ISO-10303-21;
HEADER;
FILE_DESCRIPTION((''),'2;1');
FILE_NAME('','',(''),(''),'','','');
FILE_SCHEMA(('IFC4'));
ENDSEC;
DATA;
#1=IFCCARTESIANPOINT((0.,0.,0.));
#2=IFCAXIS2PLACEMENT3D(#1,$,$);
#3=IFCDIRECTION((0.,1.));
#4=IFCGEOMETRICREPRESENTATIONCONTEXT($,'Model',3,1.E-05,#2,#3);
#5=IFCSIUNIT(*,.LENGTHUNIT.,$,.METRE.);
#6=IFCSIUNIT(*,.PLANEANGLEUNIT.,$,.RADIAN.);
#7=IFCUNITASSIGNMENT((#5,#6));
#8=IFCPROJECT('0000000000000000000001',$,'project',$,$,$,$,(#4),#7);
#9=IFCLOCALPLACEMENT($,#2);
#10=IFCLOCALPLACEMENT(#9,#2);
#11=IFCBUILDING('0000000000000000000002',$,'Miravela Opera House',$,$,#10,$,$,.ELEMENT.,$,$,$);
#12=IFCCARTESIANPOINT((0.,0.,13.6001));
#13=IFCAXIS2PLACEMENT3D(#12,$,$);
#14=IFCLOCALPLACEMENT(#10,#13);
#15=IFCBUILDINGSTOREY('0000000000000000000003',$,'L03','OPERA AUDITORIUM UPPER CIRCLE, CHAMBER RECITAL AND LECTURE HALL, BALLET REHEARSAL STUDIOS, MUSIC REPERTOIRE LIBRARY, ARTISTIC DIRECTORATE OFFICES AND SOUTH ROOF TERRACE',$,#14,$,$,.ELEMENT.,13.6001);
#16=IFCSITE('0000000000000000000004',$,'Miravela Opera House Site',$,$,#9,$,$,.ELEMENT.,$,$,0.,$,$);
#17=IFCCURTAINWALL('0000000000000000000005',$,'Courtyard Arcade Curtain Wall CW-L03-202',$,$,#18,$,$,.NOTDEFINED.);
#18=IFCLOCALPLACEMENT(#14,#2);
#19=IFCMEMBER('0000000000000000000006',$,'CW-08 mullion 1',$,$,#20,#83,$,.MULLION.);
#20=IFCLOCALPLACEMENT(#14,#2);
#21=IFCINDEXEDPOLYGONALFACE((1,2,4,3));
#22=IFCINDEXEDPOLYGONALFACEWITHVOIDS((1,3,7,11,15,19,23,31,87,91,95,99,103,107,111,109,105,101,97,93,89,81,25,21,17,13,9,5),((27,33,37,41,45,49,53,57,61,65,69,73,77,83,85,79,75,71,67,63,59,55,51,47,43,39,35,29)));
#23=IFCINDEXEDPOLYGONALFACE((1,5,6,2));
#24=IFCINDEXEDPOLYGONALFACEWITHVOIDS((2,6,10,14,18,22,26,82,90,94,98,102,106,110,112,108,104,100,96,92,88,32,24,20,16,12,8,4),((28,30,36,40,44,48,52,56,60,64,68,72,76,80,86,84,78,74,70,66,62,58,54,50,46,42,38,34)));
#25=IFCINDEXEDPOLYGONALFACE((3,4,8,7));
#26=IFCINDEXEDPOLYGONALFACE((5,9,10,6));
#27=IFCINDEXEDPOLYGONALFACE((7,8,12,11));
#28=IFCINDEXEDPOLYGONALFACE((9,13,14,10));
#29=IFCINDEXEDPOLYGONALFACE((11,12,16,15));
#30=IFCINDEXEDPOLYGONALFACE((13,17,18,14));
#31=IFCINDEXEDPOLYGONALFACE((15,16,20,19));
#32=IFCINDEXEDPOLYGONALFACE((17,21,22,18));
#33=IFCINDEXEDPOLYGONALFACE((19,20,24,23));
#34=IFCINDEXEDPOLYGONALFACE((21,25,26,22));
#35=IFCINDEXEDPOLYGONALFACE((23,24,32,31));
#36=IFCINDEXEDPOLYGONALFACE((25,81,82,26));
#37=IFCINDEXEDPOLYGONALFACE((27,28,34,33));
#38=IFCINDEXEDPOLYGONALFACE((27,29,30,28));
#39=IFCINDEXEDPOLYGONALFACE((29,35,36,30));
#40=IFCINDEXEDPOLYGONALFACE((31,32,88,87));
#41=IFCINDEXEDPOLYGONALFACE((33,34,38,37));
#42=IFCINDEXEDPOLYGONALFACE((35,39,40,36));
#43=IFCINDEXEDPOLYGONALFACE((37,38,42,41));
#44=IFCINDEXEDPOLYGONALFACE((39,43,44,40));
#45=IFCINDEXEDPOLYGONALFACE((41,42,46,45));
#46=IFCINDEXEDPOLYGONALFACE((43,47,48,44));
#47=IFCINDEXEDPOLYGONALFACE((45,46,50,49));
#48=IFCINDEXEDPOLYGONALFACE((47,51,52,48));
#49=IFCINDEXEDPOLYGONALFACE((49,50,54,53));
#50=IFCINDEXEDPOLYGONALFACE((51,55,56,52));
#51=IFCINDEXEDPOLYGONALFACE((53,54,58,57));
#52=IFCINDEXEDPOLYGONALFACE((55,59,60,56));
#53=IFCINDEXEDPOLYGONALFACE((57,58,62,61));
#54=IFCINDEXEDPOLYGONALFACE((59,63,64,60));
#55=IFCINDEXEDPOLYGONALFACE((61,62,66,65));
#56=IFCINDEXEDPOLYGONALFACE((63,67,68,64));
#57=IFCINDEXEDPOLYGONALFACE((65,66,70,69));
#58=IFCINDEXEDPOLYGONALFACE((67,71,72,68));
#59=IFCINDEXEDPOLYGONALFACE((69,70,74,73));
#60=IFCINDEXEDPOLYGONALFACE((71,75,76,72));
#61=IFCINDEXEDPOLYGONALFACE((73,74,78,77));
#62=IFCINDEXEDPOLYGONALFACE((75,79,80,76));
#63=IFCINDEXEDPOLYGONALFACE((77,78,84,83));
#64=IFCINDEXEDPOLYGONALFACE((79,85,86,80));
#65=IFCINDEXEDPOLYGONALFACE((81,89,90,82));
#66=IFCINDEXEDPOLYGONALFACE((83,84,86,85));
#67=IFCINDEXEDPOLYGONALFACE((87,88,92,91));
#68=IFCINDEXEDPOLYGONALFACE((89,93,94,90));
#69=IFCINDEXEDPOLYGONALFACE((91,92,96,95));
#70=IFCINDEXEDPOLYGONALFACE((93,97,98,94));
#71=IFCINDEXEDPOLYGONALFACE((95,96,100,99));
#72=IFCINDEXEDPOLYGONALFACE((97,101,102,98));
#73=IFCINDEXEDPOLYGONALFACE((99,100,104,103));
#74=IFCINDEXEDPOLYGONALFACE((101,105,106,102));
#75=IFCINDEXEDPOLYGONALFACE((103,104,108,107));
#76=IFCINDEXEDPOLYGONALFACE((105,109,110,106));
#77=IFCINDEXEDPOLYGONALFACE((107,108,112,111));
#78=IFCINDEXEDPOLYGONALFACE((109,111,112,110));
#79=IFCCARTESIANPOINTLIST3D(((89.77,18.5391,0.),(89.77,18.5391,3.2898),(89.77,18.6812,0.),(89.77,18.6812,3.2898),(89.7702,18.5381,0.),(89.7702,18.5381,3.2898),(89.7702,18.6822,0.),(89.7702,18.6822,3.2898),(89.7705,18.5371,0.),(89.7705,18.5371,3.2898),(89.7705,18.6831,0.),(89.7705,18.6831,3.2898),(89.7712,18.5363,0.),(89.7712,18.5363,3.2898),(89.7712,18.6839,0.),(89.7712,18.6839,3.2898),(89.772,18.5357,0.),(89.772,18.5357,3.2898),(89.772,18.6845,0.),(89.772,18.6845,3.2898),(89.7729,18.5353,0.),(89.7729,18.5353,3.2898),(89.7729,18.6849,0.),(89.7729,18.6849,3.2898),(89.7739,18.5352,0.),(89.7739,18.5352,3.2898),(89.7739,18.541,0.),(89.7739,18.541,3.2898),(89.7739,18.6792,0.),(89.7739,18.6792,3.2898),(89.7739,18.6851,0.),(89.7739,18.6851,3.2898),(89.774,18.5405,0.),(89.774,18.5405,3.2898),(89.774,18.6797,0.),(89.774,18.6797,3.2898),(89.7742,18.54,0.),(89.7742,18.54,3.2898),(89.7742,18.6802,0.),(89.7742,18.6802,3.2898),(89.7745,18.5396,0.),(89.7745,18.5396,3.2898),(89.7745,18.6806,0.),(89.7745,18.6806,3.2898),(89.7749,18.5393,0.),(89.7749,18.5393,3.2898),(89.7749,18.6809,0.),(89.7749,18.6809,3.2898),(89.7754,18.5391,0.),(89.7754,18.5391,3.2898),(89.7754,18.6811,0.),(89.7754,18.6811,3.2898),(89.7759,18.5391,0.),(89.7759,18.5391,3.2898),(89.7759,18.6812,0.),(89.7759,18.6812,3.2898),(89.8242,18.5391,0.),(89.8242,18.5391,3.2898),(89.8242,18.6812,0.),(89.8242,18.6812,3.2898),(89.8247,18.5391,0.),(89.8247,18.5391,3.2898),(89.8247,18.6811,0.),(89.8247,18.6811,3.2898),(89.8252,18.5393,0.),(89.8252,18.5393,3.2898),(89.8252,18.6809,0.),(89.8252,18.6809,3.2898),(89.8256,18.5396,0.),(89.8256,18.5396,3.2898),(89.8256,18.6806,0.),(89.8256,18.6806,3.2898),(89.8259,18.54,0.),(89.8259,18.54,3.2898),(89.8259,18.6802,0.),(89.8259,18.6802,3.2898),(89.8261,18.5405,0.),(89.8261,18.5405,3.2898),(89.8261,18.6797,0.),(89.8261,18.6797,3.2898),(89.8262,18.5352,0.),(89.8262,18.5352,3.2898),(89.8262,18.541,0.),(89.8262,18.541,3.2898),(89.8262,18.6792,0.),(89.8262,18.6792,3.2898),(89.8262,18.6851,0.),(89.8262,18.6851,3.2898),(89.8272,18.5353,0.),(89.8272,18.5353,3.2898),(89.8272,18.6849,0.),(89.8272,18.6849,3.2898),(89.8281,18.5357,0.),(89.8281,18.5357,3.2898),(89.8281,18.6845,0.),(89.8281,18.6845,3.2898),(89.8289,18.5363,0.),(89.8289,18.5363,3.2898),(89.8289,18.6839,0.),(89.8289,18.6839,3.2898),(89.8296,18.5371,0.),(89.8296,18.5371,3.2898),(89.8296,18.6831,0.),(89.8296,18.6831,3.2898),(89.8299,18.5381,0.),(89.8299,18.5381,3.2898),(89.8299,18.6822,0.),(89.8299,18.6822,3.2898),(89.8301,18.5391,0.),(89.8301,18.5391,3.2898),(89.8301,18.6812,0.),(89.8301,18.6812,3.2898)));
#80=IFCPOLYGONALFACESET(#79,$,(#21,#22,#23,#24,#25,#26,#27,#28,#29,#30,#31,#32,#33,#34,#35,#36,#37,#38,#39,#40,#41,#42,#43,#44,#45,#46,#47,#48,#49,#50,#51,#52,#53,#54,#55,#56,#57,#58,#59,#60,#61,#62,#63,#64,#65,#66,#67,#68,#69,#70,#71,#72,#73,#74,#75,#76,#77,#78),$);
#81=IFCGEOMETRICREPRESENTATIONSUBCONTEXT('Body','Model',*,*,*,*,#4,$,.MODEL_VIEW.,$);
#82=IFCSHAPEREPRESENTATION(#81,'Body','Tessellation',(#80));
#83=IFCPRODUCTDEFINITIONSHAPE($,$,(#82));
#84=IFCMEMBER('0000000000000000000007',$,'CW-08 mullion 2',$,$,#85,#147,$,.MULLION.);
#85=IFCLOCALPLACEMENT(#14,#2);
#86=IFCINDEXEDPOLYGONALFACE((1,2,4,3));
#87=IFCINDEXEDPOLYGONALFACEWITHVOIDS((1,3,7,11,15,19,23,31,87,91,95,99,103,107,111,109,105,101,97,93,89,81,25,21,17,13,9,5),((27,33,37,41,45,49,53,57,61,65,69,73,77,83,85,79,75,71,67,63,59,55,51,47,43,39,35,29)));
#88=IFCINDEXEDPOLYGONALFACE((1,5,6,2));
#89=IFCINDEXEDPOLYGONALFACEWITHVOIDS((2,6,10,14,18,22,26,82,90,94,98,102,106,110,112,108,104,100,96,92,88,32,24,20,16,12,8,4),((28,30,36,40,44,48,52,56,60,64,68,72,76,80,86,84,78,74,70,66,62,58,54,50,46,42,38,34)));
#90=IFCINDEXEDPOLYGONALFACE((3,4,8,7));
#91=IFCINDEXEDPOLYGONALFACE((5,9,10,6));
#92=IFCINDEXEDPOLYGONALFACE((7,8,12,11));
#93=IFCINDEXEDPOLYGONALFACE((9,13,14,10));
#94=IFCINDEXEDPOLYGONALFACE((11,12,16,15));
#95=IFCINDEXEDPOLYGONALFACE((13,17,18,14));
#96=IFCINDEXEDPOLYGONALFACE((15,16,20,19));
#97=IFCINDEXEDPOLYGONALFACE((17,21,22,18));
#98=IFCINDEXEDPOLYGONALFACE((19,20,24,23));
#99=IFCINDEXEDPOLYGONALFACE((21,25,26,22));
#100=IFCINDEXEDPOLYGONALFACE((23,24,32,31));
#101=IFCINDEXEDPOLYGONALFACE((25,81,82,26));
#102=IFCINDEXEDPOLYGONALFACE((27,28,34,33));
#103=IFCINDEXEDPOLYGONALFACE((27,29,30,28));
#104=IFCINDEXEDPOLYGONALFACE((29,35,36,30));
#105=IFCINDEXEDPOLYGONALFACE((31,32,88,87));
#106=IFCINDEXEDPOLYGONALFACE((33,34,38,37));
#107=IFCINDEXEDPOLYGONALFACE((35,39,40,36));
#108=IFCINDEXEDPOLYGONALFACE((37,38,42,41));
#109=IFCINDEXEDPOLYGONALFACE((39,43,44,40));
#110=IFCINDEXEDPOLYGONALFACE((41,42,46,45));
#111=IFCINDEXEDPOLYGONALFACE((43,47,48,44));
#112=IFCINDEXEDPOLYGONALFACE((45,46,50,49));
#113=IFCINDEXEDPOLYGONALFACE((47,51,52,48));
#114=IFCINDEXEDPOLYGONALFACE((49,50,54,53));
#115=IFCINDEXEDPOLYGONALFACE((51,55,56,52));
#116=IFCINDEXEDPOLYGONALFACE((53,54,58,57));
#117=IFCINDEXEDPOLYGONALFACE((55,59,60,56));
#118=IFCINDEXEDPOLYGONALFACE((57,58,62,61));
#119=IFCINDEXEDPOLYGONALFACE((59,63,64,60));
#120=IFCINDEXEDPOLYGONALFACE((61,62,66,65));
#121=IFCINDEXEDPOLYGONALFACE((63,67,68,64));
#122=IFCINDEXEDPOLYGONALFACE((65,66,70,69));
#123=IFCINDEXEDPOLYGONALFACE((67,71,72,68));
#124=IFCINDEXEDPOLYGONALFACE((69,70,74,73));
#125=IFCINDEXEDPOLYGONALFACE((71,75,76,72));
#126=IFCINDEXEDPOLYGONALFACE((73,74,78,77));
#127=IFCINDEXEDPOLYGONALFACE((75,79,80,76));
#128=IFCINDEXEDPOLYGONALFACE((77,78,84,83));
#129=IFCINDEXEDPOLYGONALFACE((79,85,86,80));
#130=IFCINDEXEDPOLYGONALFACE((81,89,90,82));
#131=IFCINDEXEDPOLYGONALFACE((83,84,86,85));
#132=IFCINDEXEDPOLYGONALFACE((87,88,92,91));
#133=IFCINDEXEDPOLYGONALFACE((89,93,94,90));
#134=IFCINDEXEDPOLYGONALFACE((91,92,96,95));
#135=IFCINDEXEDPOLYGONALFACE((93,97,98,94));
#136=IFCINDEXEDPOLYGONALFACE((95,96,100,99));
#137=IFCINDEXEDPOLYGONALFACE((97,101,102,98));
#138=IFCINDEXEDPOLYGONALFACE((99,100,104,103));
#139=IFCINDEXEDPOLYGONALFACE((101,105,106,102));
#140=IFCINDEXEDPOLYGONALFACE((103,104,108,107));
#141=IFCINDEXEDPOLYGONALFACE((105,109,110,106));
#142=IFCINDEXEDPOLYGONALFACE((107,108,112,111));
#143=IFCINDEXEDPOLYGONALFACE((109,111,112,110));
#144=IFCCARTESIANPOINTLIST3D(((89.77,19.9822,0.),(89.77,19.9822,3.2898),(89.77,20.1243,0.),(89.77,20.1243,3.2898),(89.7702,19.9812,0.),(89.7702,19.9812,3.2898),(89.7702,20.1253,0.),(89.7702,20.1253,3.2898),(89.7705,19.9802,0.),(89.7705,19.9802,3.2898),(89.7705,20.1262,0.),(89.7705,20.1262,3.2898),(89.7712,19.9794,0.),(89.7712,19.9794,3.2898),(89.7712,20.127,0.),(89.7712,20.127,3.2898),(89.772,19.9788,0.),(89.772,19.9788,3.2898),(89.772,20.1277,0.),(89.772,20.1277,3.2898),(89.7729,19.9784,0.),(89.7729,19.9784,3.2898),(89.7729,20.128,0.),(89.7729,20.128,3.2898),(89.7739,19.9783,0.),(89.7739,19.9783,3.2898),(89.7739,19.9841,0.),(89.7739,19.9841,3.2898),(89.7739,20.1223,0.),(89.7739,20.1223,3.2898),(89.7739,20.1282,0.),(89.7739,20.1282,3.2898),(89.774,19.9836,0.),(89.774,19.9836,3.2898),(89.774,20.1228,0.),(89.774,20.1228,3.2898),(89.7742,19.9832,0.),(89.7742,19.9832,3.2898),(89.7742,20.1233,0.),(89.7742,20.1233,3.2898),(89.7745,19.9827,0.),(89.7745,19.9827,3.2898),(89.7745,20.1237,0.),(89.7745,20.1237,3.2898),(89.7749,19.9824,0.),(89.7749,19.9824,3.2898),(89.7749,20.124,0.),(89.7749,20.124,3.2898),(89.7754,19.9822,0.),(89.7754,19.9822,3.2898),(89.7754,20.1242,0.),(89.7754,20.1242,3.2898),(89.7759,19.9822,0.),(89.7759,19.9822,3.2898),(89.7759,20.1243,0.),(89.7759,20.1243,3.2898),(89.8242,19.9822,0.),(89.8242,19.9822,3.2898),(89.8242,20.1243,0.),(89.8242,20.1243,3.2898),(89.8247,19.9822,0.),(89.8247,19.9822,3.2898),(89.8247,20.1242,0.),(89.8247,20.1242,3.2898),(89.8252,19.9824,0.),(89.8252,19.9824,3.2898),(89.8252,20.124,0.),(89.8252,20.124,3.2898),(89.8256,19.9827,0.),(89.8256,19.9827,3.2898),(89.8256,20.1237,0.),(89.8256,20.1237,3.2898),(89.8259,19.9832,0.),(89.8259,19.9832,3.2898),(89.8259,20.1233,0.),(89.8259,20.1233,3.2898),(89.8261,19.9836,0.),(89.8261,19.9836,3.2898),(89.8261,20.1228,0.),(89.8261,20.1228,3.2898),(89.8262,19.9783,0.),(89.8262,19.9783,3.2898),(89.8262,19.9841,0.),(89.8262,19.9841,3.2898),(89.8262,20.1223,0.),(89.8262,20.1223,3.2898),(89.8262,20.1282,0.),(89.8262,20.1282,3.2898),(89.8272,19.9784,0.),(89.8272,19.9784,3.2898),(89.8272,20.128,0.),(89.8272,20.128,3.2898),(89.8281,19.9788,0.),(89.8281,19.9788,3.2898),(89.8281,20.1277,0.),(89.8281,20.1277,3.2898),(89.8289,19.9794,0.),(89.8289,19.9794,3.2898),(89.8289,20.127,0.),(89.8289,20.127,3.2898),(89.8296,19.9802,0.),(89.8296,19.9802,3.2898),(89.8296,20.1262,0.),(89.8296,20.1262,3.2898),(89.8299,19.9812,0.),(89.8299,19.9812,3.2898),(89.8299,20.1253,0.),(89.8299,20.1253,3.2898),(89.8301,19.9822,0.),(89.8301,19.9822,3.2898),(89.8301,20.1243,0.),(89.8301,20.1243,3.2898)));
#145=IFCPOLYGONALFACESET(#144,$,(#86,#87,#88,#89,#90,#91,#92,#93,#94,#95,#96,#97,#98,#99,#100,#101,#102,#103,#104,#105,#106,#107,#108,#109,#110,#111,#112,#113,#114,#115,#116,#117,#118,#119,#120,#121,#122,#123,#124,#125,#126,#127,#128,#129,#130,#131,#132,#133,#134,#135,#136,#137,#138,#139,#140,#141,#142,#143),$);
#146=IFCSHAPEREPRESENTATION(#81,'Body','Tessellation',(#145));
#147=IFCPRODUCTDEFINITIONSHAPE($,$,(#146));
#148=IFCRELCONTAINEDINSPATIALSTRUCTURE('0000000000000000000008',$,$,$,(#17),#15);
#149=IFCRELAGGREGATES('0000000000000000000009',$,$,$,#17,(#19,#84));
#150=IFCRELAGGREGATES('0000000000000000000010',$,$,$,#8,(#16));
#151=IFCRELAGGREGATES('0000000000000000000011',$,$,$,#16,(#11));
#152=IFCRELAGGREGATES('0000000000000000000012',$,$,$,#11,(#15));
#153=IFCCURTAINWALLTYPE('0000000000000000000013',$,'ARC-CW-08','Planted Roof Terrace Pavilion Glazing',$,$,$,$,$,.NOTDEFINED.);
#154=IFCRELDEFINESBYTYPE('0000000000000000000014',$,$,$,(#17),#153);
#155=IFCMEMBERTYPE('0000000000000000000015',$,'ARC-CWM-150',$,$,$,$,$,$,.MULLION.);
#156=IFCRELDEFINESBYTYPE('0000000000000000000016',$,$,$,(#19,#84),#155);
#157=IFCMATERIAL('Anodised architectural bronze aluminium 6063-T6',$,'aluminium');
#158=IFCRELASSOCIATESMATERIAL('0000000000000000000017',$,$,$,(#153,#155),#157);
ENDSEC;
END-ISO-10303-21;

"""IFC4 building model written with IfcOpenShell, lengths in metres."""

from ifc_helpers import new_model, si_unit, direction, frame, origin, origin_2d, place, context, subcontext, project, spatial, hollow_rectangle, extrude, material, material_profile, profile_set, type_object, element, aggregate, save


model = new_model("IFC4")

# Units and contexts
model_context = context("Model", 3, precision=1e-05, world=origin(), true_north=direction((0.0, 1.0)))
body_context = subcontext(model_context, "Body", "Model", "MODEL_VIEW")
ifc_project = project(units=[si_unit("LENGTHUNIT", "METRE"), si_unit("PLANEANGLEUNIT", "RADIAN")], contexts=[model_context])

# Site, building, storey
site_placement = place(None, origin())
site = spatial("IfcSite", under=ifc_project, at=site_placement, Name="Miravela Opera House Site", CompositionType="ELEMENT", RefElevation=0.0)
building_placement = place(site_placement, origin())
building = spatial("IfcBuilding", under=site, at=building_placement, Name="Miravela Opera House", CompositionType="ELEMENT")
storey_placement = place(building_placement, frame((0.0, 0.0, 13.6001)))
storey = spatial("IfcBuildingStorey", under=building, at=storey_placement, Name="L03", Description="OPERA AUDITORIUM UPPER CIRCLE, CHAMBER RECITAL AND LECTURE HALL, BALLET REHEARSAL STUDIOS, MUSIC REPERTOIRE LIBRARY, ARTISTIC DIRECTORATE OFFICES AND SOUTH ROOF TERRACE", CompositionType="ELEMENT", Elevation=13.6001)

# Curtain wall, members
ifc_material_1 = material(Name="Anodised architectural bronze aluminium 6063-T6", Category="aluminium")
curtain_wall_type = type_object("IfcCurtainWallType", Name="ARC-CW-08", Description="Planted Roof Terrace Pavilion Glazing", PredefinedType="NOTDEFINED", material=ifc_material_1)
ifc_material_profile_1 = material_profile(ifc_material_1, hollow_rectangle(XDim=0.0601, YDim=0.1499, WallThickness=0.0039, InnerFilletRadius=0.002, OuterFilletRadius=0.0039, at=origin_2d()), Name="CWM-60X150")
ifc_profile_set_1 = profile_set([ifc_material_profile_1])
member_type_1 = type_object("IfcMemberType", Name="ARC-CWM-150", PredefinedType="MULLION", material=ifc_profile_set_1)
curtain_wall_1_placement = place(storey_placement, origin())
curtain_wall_1 = element("IfcCurtainWall", 1, at=curtain_wall_1_placement, inside=storey, type_object=curtain_wall_type, Name="Courtyard Arcade Curtain Wall CW-L03-202", PredefinedType="NOTDEFINED")
member_1_placement = place(storey_placement, frame((89.8, 18.6101, 0.0), z_axis=(0.0, 0.0, 1.0), x_axis=(-1.0, 0.0, 0.0)))
member_1 = element("IfcMember", 2, at=member_1_placement, type_object=member_type_1, Name="CW-08 mullion 1", PredefinedType="MULLION", context=body_context, shape_type="SweptSolid", body=[
    extrude(hollow_rectangle(XDim=0.0601, YDim=0.1499, WallThickness=0.0039, InnerFilletRadius=0.002, OuterFilletRadius=0.0039, at=origin_2d()), origin(), (0.0, 0.0, 1.0), 3.2898),
])
member_2_placement = place(storey_placement, frame((89.8, 20.0532, 0.0), z_axis=(0.0, 0.0, 1.0), x_axis=(-1.0, 0.0, 0.0)))
member_2 = element("IfcMember", 3, at=member_2_placement, type_object=member_type_1, Name="CW-08 mullion 2", PredefinedType="MULLION", context=body_context, shape_type="SweptSolid", body=[
    extrude(hollow_rectangle(XDim=0.0601, YDim=0.1499, WallThickness=0.0039, InnerFilletRadius=0.002, OuterFilletRadius=0.0039, at=origin_2d()), origin(), (0.0, 0.0, 1.0), 3.2898),
])

aggregate(curtain_wall_1, [member_1, member_2])

save(model, "model.ifc")
